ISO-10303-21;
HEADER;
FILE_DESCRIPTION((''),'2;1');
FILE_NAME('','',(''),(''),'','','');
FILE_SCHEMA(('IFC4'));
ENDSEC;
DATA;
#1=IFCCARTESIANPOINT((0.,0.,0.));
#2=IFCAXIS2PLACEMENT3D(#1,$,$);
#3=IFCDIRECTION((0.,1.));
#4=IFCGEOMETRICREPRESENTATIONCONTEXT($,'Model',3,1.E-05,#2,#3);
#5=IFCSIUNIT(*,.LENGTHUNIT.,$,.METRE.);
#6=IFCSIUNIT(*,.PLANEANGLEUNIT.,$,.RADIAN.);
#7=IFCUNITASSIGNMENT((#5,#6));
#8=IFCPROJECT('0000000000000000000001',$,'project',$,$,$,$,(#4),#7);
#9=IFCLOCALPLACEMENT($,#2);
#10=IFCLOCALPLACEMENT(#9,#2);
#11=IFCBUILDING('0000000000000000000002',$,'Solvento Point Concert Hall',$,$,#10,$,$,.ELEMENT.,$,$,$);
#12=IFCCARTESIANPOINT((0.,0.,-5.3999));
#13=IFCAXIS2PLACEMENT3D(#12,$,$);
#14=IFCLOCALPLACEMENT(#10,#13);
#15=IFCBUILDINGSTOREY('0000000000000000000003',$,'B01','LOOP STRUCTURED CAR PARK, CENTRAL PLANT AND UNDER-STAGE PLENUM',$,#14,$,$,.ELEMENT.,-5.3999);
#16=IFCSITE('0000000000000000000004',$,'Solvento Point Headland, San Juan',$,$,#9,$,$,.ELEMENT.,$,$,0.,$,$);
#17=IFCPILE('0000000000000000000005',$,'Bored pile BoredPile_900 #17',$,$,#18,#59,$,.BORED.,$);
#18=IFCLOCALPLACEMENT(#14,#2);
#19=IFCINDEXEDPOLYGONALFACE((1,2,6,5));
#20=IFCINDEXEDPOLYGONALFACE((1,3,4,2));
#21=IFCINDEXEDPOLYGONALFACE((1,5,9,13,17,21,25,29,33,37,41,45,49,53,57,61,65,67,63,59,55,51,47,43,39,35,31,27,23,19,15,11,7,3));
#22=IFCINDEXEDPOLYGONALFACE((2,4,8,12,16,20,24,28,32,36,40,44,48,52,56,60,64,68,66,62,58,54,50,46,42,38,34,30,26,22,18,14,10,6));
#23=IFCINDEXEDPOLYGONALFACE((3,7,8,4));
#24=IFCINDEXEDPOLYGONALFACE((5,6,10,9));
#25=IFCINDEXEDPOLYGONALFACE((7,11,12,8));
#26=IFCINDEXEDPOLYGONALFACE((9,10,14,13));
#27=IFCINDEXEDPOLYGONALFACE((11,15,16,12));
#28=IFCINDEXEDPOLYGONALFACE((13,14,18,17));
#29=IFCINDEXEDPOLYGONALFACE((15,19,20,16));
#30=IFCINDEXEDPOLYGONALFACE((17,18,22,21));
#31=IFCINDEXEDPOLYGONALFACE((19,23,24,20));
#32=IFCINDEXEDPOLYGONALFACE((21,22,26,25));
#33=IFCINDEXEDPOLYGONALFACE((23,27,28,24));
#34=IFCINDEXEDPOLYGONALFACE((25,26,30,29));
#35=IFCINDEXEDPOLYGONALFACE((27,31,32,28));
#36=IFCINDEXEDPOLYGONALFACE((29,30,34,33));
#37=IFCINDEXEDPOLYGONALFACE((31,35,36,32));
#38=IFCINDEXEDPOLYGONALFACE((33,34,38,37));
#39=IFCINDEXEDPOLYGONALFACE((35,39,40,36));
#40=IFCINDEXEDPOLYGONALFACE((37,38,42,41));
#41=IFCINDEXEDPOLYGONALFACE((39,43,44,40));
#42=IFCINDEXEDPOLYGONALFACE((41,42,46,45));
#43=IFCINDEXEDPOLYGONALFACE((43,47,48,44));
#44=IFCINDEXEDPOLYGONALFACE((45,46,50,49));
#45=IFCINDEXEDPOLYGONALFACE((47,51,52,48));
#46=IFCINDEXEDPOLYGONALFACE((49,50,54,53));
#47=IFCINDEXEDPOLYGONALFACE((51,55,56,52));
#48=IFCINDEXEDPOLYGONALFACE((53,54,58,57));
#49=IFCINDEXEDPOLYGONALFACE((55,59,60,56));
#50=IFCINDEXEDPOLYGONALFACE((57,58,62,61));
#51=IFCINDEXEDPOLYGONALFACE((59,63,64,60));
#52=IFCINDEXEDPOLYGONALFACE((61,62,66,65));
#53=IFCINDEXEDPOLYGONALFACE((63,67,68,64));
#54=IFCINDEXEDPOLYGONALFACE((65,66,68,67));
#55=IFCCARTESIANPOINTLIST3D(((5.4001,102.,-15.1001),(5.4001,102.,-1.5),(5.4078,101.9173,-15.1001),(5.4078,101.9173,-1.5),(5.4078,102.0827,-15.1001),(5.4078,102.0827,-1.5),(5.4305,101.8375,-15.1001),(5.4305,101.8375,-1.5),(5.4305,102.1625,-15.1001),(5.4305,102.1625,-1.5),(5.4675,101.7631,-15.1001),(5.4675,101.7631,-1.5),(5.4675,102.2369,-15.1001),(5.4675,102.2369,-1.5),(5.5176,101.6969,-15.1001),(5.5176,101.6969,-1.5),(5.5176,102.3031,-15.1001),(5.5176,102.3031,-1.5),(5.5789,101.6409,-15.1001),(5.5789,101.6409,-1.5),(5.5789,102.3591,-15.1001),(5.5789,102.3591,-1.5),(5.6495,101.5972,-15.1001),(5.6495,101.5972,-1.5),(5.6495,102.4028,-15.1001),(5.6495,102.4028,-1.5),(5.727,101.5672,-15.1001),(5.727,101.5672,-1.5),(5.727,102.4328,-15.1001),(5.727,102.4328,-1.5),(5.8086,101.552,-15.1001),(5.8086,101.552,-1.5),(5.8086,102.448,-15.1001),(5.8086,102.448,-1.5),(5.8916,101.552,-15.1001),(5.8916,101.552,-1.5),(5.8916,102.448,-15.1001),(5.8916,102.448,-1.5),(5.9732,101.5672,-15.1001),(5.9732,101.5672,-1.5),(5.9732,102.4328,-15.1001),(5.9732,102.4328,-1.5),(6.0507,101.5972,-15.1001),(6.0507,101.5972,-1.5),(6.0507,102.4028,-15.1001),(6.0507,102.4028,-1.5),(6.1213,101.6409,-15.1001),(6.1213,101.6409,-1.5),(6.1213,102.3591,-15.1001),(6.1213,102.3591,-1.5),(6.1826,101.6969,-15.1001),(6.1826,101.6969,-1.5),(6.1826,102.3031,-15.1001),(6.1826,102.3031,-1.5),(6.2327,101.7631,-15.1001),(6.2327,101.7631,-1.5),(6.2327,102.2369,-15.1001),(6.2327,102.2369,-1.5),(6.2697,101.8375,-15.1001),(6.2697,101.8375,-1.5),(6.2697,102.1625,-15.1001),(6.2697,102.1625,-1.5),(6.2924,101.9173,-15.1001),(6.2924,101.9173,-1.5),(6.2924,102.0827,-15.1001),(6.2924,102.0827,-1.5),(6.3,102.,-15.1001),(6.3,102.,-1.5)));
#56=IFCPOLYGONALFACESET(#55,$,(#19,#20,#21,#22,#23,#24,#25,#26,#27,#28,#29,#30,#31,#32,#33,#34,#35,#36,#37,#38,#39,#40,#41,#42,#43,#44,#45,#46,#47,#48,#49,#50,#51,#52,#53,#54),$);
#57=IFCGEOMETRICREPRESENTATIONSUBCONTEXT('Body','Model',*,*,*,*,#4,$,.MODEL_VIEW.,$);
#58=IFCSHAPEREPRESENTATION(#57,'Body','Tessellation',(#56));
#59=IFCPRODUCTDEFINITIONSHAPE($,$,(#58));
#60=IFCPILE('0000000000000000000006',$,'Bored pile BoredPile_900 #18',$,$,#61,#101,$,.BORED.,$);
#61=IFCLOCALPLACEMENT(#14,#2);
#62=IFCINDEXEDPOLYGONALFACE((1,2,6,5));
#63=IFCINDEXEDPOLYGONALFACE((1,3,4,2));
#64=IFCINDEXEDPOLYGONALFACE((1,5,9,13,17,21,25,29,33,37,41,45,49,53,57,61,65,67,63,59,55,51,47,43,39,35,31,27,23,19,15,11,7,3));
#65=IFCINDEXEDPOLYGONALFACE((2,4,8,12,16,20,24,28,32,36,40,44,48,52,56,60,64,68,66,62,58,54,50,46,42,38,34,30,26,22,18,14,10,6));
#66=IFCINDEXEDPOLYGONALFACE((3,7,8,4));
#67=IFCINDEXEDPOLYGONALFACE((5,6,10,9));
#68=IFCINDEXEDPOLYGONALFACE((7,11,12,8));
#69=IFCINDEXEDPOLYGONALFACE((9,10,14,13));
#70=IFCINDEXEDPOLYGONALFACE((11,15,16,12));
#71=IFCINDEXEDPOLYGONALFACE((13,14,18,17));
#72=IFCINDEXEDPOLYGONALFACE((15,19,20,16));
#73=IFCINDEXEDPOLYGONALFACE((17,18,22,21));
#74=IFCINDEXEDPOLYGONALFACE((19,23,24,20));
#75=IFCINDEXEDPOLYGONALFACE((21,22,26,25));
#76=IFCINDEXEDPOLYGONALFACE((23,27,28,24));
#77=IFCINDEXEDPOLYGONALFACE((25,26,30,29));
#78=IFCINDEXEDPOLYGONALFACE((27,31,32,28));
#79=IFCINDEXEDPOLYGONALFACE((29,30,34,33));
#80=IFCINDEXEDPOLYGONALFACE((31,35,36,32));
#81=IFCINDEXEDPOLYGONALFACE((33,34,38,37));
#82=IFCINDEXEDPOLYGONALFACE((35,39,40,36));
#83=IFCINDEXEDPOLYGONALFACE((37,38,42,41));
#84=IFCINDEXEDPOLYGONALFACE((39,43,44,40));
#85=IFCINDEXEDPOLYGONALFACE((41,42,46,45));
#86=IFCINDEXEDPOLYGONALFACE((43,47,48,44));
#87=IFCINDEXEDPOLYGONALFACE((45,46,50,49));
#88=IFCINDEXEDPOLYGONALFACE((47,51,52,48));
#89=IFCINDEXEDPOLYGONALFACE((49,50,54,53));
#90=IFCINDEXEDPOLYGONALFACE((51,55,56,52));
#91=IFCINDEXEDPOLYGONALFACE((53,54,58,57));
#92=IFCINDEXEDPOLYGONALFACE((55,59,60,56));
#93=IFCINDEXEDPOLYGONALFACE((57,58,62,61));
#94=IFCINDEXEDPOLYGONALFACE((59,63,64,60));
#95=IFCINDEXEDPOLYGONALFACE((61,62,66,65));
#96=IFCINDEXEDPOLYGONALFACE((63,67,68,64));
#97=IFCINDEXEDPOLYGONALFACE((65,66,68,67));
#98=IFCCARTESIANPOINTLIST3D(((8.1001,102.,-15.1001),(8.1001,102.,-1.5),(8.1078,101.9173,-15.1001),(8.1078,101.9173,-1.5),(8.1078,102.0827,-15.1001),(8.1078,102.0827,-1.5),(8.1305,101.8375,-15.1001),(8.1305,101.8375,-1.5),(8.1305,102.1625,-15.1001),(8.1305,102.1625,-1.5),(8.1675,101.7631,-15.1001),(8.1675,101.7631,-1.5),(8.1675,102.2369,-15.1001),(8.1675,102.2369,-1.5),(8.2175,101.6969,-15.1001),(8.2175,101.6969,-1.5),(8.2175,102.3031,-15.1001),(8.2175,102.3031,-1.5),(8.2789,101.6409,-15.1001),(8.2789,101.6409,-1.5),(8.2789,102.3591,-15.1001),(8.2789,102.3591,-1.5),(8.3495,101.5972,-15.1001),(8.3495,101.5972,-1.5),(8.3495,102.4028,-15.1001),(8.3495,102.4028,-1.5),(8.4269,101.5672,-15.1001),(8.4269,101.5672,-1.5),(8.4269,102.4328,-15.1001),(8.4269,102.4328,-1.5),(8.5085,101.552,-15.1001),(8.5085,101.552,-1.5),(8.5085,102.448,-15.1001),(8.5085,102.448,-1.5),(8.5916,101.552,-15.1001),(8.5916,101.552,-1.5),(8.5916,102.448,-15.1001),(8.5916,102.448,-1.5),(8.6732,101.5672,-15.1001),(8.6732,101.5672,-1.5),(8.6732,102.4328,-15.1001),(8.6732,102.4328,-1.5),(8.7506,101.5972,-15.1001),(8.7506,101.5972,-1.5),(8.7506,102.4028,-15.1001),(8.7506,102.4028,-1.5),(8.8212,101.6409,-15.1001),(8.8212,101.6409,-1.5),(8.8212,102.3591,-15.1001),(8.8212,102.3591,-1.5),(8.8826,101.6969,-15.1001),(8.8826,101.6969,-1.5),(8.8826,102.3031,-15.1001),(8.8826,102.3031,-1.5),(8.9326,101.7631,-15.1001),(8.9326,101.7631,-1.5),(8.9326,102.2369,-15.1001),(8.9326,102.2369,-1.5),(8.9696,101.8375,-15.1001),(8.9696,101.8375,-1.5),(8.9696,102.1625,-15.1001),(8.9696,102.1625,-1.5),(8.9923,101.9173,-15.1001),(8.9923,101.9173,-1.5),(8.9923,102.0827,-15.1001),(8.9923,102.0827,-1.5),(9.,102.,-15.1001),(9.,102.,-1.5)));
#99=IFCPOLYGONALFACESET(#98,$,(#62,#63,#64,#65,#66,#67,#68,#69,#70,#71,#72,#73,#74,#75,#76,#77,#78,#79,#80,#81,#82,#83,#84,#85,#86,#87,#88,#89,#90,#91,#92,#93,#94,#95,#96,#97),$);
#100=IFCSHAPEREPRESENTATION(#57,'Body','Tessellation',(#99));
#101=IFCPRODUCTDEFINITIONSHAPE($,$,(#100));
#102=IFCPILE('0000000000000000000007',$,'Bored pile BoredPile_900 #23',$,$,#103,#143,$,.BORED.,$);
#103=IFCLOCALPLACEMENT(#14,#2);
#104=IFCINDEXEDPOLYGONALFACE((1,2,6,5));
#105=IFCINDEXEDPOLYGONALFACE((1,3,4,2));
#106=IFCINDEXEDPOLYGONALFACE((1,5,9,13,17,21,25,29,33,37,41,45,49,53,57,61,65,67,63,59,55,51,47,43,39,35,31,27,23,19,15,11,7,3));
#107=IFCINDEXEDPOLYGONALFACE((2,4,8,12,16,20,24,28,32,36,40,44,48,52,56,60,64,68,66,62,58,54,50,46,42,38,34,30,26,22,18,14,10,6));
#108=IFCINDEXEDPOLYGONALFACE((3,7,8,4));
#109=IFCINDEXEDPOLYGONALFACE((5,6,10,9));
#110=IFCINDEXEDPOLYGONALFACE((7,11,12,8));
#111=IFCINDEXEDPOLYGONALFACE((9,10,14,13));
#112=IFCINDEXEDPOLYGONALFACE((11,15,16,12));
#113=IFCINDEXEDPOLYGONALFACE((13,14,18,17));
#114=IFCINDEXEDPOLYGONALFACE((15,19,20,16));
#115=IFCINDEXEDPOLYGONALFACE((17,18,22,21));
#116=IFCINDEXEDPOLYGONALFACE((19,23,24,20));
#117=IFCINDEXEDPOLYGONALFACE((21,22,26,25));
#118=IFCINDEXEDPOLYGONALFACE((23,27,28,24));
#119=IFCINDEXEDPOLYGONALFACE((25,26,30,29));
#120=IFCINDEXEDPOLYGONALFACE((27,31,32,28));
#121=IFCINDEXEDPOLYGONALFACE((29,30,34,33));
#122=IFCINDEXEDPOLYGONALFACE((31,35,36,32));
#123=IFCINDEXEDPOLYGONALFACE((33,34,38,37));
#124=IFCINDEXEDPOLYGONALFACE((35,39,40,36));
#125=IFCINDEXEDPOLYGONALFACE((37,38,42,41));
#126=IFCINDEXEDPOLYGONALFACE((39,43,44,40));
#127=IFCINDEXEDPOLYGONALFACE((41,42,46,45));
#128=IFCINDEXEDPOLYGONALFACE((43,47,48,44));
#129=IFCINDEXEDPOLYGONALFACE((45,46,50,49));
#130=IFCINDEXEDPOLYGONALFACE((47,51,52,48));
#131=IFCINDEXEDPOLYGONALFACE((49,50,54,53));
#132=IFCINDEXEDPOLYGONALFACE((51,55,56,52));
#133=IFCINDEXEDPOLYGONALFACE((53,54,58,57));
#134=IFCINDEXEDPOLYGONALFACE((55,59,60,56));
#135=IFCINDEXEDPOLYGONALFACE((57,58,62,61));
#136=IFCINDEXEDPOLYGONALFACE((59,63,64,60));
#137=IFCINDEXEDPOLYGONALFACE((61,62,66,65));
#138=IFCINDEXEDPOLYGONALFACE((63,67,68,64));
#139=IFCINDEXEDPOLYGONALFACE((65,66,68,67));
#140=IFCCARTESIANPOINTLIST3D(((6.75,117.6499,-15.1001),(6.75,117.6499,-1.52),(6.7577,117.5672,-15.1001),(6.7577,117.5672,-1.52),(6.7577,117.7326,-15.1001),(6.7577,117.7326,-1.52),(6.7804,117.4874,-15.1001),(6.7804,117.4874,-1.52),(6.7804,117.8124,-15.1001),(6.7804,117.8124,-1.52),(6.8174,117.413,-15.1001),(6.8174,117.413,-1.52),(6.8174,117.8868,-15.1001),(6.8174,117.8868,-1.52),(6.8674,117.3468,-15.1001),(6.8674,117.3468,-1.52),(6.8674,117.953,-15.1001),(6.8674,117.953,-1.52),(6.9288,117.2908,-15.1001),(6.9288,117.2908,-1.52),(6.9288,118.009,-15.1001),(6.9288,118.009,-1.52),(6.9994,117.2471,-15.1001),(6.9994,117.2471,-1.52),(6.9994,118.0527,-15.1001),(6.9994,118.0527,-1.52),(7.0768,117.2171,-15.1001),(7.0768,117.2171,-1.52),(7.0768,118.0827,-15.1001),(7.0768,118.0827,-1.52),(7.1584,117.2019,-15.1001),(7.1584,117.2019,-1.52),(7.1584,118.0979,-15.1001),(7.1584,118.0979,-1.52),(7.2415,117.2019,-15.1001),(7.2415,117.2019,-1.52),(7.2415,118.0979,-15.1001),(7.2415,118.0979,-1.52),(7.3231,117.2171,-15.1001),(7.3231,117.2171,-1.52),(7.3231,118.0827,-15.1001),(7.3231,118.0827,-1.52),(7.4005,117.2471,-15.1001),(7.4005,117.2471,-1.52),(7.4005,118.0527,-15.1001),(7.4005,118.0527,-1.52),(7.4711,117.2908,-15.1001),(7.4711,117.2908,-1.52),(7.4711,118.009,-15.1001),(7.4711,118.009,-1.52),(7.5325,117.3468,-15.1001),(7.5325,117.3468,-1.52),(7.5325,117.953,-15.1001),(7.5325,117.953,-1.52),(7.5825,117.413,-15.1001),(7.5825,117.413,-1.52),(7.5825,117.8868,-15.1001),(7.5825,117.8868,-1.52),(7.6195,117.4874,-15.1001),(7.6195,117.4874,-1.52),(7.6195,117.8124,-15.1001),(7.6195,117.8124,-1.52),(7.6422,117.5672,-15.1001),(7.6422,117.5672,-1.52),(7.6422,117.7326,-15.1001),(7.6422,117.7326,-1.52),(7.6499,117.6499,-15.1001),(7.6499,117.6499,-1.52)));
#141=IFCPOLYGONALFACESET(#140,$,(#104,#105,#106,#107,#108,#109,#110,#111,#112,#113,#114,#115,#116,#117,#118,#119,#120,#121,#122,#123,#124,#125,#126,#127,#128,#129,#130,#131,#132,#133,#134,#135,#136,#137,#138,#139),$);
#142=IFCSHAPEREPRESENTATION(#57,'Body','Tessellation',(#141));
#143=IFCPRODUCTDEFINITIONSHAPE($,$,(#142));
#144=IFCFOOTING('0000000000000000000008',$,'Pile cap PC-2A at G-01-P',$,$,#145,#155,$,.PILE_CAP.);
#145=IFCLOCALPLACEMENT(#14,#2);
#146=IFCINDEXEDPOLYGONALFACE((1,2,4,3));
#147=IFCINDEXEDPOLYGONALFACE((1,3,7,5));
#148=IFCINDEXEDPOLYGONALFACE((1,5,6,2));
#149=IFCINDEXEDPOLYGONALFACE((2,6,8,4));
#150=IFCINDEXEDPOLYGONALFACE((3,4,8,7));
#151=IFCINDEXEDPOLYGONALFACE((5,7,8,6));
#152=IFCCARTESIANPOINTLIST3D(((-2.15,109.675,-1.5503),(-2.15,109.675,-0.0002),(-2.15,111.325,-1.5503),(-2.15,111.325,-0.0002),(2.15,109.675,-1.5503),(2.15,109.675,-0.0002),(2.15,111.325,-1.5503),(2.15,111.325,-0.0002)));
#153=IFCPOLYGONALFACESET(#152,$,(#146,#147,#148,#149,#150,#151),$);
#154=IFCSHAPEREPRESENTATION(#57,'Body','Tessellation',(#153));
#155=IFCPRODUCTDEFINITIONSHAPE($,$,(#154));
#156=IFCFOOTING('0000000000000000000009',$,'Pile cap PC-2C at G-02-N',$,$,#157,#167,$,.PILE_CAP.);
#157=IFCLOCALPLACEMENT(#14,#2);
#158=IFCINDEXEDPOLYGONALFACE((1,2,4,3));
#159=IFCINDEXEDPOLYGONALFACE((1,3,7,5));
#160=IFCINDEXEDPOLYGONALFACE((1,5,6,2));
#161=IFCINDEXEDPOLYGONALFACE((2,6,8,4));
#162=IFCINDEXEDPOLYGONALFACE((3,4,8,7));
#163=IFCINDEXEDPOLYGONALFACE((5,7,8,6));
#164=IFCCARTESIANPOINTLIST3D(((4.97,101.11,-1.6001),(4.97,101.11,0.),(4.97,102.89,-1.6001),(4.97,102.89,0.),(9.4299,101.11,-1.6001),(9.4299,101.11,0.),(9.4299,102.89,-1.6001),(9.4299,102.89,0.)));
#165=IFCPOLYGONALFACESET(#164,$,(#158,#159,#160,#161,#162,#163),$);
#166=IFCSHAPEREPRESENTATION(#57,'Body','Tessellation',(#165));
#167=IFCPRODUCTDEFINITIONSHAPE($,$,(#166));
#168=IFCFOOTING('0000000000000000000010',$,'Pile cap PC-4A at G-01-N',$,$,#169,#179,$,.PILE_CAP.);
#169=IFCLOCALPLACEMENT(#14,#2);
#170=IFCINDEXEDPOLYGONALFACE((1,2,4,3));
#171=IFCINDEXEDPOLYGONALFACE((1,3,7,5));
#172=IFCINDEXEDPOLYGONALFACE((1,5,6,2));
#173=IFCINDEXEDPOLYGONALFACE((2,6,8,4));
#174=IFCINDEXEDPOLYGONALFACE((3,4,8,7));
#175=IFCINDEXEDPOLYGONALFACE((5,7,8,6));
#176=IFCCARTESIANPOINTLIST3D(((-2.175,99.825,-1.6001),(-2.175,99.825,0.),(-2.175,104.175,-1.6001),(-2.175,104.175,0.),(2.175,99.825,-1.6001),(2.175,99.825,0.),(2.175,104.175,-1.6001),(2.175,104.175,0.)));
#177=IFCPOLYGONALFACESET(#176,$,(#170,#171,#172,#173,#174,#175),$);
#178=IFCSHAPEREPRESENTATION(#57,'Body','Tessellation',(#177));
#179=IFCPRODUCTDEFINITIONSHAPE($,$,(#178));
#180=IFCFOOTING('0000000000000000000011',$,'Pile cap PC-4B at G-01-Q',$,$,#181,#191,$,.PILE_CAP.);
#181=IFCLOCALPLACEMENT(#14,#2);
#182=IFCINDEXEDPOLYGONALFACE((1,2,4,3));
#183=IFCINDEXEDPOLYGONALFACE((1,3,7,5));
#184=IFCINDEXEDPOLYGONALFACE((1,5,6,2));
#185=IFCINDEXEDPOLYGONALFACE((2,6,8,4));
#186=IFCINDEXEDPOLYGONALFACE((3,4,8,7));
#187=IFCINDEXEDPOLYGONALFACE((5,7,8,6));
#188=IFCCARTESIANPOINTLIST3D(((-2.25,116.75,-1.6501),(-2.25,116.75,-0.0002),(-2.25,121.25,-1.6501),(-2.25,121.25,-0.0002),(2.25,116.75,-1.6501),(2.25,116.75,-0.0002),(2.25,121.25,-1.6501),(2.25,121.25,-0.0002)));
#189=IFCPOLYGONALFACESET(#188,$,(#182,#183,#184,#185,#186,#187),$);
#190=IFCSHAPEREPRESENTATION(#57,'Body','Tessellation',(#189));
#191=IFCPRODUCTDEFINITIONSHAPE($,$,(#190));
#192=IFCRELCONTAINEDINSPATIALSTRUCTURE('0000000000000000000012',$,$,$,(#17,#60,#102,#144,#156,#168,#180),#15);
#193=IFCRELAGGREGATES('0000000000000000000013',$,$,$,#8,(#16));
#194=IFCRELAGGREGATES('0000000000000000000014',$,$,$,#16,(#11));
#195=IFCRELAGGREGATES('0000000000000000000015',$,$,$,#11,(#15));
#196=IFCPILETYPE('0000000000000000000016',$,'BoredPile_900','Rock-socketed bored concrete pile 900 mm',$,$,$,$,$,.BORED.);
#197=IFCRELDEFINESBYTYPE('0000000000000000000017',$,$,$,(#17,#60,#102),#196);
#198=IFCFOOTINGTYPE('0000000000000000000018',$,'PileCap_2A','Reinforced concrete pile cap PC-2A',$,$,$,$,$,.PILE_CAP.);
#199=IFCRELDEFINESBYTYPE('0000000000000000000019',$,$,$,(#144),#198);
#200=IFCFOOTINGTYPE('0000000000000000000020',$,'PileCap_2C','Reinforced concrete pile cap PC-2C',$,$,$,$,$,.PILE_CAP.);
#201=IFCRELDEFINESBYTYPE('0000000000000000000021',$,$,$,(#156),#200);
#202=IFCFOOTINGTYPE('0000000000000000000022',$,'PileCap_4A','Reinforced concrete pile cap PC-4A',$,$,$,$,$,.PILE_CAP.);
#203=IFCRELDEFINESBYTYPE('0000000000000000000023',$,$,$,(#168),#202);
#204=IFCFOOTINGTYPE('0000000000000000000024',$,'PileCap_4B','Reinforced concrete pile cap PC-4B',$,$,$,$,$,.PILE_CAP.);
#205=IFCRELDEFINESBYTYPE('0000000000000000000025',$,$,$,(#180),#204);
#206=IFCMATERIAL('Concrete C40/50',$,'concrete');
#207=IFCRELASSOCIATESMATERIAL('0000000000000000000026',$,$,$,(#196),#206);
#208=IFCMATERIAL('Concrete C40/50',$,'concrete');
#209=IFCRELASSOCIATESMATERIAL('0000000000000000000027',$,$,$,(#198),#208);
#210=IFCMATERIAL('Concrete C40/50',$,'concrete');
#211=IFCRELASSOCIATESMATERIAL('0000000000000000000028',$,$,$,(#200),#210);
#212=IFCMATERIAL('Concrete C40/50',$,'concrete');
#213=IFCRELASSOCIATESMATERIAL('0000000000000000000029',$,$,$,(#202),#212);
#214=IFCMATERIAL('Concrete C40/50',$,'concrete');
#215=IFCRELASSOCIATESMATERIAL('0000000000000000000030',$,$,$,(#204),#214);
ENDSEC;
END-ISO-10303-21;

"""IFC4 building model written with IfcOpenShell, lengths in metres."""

from ifc_helpers import new_model, si_unit, direction, frame, origin, origin_2d, place, context, subcontext, project, spatial, rectangle, circle, extrude, material, material_profile, profile_set, type_object, element, save


model = new_model("IFC4")

# Units and contexts
model_context = context("Model", 3, precision=1e-05, world=origin(), true_north=direction((0.0, 1.0)))
body_context = subcontext(model_context, "Body", "Model", "MODEL_VIEW")
ifc_project = project(units=[si_unit("LENGTHUNIT", "METRE"), si_unit("PLANEANGLEUNIT", "RADIAN")], contexts=[model_context])

# Site, building, storey
site_placement = place(None, origin())
site = spatial("IfcSite", under=ifc_project, at=site_placement, Name="Solvento Point Headland, San Juan", CompositionType="ELEMENT", RefElevation=0.0)
building_placement = place(site_placement, origin())
building = spatial("IfcBuilding", under=site, at=building_placement, Name="Solvento Point Concert Hall", CompositionType="ELEMENT")
storey_placement = place(building_placement, frame((0.0, 0.0, -5.3999)))
storey = spatial("IfcBuildingStorey", under=building, at=storey_placement, Name="B01", Description="LOOP STRUCTURED CAR PARK, CENTRAL PLANT AND UNDER-STAGE PLENUM", CompositionType="ELEMENT", Elevation=-5.3999)

# Piles
ifc_material_1 = material(Name="Concrete C40/50", Category="concrete")
ifc_material_profile_1 = material_profile(ifc_material_1, circle(Radius=0.45, at=origin_2d()), Name="BP-900")
ifc_profile_set_1 = profile_set([ifc_material_profile_1], Name="Concrete C40/50")
pile_type_1 = type_object("IfcPileType", Name="BoredPile_900", Description="Rock-socketed bored concrete pile 900 mm", PredefinedType="BORED", material=ifc_profile_set_1)
for number, where, z_axis, x_axis, name in (
    (1, (5.8501, 102.0, -1.5), (0.0, 0.0, -1.0), (1.0, 0.0, 0.0), "Bored pile BoredPile_900 #17"),
    (2, (8.55, 102.0, -1.5), (0.0, 0.0, -1.0), (1.0, 0.0, 0.0), "Bored pile BoredPile_900 #18"),
):
    element("IfcPile", number, at=place(storey_placement, frame(where, z_axis=z_axis, x_axis=x_axis)), inside=storey, type_object=pile_type_1, Name=name, PredefinedType="BORED", context=body_context, shape_type="SweptSolid", body=[
        extrude(circle(Radius=0.45, at=origin_2d()), origin(), (0.0, 0.0, 1.0), 13.6001),
    ])
pile_placement = place(storey_placement, frame((7.2, 117.6499, -1.52), z_axis=(0.0, 0.0, -1.0), x_axis=(1.0, 0.0, 0.0)))
element("IfcPile", 3, at=pile_placement, inside=storey, type_object=pile_type_1, Name="Bored pile BoredPile_900 #23", PredefinedType="BORED", context=body_context, shape_type="SweptSolid", body=[
    extrude(circle(Radius=0.45, at=origin_2d()), origin(), (0.0, 0.0, 1.0), 13.5801),
])

# Footings
ifc_material_2 = material(Name="Concrete C40/50", Category="concrete")
footing_type_1 = type_object("IfcFootingType", Name="PileCap_2A", Description="Reinforced concrete pile cap PC-2A", PredefinedType="PILE_CAP", material=ifc_material_2)
footing_1_placement = place(storey_placement, frame((0.0, 110.5, -1.5503), z_axis=(0.0, 0.0, 1.0), x_axis=(1.0, 0.0, 0.0)))
element("IfcFooting", 4, at=footing_1_placement, inside=storey, type_object=footing_type_1, Name="Pile cap PC-2A at G-01-P", PredefinedType="PILE_CAP", context=body_context, shape_type="SweptSolid", body=[
    extrude(rectangle(XDim=4.3, YDim=1.6499, at=origin_2d()), origin(), (0.0, 0.0, 1.0), 1.55),
])
ifc_material_3 = material(Name="Concrete C40/50", Category="concrete")
footing_type_2 = type_object("IfcFootingType", Name="PileCap_2C", Description="Reinforced concrete pile cap PC-2C", PredefinedType="PILE_CAP", material=ifc_material_3)
footing_2_placement = place(storey_placement, frame((7.2, 102.0, -1.6001), z_axis=(0.0, 0.0, 1.0), x_axis=(1.0, 0.0, 0.0)))
element("IfcFooting", 5, at=footing_2_placement, inside=storey, type_object=footing_type_2, Name="Pile cap PC-2C at G-02-N", PredefinedType="PILE_CAP", context=body_context, shape_type="SweptSolid", body=[
    extrude(rectangle(XDim=4.46, YDim=1.78, at=origin_2d()), origin(), (0.0, 0.0, 1.0), 1.6001),
])
ifc_material_4 = material(Name="Concrete C40/50", Category="concrete")
footing_type_3 = type_object("IfcFootingType", Name="PileCap_4A", Description="Reinforced concrete pile cap PC-4A", PredefinedType="PILE_CAP", material=ifc_material_4)
footing_3_placement = place(storey_placement, frame((0.0, 102.0, -1.6001), z_axis=(0.0, 0.0, 1.0), x_axis=(1.0, 0.0, 0.0)))
element("IfcFooting", 6, at=footing_3_placement, inside=storey, type_object=footing_type_3, Name="Pile cap PC-4A at G-01-N", PredefinedType="PILE_CAP", context=body_context, shape_type="SweptSolid", body=[
    extrude(rectangle(XDim=4.3501, YDim=4.3501, at=origin_2d()), origin(), (0.0, 0.0, 1.0), 1.6001),
])
ifc_material_5 = material(Name="Concrete C40/50", Category="concrete")
footing_type_4 = type_object("IfcFootingType", Name="PileCap_4B", Description="Reinforced concrete pile cap PC-4B", PredefinedType="PILE_CAP", material=ifc_material_5)
footing_4_placement = place(storey_placement, frame((0.0, 119.0, -1.6501), z_axis=(0.0, 0.0, 1.0), x_axis=(1.0, 0.0, 0.0)))
element("IfcFooting", 7, at=footing_4_placement, inside=storey, type_object=footing_type_4, Name="Pile cap PC-4B at G-01-Q", PredefinedType="PILE_CAP", context=body_context, shape_type="SweptSolid", body=[
    extrude(rectangle(XDim=4.5, YDim=4.5, at=origin_2d()), origin(), (0.0, 0.0, 1.0), 1.6499),
])

save(model, "model.ifc")
